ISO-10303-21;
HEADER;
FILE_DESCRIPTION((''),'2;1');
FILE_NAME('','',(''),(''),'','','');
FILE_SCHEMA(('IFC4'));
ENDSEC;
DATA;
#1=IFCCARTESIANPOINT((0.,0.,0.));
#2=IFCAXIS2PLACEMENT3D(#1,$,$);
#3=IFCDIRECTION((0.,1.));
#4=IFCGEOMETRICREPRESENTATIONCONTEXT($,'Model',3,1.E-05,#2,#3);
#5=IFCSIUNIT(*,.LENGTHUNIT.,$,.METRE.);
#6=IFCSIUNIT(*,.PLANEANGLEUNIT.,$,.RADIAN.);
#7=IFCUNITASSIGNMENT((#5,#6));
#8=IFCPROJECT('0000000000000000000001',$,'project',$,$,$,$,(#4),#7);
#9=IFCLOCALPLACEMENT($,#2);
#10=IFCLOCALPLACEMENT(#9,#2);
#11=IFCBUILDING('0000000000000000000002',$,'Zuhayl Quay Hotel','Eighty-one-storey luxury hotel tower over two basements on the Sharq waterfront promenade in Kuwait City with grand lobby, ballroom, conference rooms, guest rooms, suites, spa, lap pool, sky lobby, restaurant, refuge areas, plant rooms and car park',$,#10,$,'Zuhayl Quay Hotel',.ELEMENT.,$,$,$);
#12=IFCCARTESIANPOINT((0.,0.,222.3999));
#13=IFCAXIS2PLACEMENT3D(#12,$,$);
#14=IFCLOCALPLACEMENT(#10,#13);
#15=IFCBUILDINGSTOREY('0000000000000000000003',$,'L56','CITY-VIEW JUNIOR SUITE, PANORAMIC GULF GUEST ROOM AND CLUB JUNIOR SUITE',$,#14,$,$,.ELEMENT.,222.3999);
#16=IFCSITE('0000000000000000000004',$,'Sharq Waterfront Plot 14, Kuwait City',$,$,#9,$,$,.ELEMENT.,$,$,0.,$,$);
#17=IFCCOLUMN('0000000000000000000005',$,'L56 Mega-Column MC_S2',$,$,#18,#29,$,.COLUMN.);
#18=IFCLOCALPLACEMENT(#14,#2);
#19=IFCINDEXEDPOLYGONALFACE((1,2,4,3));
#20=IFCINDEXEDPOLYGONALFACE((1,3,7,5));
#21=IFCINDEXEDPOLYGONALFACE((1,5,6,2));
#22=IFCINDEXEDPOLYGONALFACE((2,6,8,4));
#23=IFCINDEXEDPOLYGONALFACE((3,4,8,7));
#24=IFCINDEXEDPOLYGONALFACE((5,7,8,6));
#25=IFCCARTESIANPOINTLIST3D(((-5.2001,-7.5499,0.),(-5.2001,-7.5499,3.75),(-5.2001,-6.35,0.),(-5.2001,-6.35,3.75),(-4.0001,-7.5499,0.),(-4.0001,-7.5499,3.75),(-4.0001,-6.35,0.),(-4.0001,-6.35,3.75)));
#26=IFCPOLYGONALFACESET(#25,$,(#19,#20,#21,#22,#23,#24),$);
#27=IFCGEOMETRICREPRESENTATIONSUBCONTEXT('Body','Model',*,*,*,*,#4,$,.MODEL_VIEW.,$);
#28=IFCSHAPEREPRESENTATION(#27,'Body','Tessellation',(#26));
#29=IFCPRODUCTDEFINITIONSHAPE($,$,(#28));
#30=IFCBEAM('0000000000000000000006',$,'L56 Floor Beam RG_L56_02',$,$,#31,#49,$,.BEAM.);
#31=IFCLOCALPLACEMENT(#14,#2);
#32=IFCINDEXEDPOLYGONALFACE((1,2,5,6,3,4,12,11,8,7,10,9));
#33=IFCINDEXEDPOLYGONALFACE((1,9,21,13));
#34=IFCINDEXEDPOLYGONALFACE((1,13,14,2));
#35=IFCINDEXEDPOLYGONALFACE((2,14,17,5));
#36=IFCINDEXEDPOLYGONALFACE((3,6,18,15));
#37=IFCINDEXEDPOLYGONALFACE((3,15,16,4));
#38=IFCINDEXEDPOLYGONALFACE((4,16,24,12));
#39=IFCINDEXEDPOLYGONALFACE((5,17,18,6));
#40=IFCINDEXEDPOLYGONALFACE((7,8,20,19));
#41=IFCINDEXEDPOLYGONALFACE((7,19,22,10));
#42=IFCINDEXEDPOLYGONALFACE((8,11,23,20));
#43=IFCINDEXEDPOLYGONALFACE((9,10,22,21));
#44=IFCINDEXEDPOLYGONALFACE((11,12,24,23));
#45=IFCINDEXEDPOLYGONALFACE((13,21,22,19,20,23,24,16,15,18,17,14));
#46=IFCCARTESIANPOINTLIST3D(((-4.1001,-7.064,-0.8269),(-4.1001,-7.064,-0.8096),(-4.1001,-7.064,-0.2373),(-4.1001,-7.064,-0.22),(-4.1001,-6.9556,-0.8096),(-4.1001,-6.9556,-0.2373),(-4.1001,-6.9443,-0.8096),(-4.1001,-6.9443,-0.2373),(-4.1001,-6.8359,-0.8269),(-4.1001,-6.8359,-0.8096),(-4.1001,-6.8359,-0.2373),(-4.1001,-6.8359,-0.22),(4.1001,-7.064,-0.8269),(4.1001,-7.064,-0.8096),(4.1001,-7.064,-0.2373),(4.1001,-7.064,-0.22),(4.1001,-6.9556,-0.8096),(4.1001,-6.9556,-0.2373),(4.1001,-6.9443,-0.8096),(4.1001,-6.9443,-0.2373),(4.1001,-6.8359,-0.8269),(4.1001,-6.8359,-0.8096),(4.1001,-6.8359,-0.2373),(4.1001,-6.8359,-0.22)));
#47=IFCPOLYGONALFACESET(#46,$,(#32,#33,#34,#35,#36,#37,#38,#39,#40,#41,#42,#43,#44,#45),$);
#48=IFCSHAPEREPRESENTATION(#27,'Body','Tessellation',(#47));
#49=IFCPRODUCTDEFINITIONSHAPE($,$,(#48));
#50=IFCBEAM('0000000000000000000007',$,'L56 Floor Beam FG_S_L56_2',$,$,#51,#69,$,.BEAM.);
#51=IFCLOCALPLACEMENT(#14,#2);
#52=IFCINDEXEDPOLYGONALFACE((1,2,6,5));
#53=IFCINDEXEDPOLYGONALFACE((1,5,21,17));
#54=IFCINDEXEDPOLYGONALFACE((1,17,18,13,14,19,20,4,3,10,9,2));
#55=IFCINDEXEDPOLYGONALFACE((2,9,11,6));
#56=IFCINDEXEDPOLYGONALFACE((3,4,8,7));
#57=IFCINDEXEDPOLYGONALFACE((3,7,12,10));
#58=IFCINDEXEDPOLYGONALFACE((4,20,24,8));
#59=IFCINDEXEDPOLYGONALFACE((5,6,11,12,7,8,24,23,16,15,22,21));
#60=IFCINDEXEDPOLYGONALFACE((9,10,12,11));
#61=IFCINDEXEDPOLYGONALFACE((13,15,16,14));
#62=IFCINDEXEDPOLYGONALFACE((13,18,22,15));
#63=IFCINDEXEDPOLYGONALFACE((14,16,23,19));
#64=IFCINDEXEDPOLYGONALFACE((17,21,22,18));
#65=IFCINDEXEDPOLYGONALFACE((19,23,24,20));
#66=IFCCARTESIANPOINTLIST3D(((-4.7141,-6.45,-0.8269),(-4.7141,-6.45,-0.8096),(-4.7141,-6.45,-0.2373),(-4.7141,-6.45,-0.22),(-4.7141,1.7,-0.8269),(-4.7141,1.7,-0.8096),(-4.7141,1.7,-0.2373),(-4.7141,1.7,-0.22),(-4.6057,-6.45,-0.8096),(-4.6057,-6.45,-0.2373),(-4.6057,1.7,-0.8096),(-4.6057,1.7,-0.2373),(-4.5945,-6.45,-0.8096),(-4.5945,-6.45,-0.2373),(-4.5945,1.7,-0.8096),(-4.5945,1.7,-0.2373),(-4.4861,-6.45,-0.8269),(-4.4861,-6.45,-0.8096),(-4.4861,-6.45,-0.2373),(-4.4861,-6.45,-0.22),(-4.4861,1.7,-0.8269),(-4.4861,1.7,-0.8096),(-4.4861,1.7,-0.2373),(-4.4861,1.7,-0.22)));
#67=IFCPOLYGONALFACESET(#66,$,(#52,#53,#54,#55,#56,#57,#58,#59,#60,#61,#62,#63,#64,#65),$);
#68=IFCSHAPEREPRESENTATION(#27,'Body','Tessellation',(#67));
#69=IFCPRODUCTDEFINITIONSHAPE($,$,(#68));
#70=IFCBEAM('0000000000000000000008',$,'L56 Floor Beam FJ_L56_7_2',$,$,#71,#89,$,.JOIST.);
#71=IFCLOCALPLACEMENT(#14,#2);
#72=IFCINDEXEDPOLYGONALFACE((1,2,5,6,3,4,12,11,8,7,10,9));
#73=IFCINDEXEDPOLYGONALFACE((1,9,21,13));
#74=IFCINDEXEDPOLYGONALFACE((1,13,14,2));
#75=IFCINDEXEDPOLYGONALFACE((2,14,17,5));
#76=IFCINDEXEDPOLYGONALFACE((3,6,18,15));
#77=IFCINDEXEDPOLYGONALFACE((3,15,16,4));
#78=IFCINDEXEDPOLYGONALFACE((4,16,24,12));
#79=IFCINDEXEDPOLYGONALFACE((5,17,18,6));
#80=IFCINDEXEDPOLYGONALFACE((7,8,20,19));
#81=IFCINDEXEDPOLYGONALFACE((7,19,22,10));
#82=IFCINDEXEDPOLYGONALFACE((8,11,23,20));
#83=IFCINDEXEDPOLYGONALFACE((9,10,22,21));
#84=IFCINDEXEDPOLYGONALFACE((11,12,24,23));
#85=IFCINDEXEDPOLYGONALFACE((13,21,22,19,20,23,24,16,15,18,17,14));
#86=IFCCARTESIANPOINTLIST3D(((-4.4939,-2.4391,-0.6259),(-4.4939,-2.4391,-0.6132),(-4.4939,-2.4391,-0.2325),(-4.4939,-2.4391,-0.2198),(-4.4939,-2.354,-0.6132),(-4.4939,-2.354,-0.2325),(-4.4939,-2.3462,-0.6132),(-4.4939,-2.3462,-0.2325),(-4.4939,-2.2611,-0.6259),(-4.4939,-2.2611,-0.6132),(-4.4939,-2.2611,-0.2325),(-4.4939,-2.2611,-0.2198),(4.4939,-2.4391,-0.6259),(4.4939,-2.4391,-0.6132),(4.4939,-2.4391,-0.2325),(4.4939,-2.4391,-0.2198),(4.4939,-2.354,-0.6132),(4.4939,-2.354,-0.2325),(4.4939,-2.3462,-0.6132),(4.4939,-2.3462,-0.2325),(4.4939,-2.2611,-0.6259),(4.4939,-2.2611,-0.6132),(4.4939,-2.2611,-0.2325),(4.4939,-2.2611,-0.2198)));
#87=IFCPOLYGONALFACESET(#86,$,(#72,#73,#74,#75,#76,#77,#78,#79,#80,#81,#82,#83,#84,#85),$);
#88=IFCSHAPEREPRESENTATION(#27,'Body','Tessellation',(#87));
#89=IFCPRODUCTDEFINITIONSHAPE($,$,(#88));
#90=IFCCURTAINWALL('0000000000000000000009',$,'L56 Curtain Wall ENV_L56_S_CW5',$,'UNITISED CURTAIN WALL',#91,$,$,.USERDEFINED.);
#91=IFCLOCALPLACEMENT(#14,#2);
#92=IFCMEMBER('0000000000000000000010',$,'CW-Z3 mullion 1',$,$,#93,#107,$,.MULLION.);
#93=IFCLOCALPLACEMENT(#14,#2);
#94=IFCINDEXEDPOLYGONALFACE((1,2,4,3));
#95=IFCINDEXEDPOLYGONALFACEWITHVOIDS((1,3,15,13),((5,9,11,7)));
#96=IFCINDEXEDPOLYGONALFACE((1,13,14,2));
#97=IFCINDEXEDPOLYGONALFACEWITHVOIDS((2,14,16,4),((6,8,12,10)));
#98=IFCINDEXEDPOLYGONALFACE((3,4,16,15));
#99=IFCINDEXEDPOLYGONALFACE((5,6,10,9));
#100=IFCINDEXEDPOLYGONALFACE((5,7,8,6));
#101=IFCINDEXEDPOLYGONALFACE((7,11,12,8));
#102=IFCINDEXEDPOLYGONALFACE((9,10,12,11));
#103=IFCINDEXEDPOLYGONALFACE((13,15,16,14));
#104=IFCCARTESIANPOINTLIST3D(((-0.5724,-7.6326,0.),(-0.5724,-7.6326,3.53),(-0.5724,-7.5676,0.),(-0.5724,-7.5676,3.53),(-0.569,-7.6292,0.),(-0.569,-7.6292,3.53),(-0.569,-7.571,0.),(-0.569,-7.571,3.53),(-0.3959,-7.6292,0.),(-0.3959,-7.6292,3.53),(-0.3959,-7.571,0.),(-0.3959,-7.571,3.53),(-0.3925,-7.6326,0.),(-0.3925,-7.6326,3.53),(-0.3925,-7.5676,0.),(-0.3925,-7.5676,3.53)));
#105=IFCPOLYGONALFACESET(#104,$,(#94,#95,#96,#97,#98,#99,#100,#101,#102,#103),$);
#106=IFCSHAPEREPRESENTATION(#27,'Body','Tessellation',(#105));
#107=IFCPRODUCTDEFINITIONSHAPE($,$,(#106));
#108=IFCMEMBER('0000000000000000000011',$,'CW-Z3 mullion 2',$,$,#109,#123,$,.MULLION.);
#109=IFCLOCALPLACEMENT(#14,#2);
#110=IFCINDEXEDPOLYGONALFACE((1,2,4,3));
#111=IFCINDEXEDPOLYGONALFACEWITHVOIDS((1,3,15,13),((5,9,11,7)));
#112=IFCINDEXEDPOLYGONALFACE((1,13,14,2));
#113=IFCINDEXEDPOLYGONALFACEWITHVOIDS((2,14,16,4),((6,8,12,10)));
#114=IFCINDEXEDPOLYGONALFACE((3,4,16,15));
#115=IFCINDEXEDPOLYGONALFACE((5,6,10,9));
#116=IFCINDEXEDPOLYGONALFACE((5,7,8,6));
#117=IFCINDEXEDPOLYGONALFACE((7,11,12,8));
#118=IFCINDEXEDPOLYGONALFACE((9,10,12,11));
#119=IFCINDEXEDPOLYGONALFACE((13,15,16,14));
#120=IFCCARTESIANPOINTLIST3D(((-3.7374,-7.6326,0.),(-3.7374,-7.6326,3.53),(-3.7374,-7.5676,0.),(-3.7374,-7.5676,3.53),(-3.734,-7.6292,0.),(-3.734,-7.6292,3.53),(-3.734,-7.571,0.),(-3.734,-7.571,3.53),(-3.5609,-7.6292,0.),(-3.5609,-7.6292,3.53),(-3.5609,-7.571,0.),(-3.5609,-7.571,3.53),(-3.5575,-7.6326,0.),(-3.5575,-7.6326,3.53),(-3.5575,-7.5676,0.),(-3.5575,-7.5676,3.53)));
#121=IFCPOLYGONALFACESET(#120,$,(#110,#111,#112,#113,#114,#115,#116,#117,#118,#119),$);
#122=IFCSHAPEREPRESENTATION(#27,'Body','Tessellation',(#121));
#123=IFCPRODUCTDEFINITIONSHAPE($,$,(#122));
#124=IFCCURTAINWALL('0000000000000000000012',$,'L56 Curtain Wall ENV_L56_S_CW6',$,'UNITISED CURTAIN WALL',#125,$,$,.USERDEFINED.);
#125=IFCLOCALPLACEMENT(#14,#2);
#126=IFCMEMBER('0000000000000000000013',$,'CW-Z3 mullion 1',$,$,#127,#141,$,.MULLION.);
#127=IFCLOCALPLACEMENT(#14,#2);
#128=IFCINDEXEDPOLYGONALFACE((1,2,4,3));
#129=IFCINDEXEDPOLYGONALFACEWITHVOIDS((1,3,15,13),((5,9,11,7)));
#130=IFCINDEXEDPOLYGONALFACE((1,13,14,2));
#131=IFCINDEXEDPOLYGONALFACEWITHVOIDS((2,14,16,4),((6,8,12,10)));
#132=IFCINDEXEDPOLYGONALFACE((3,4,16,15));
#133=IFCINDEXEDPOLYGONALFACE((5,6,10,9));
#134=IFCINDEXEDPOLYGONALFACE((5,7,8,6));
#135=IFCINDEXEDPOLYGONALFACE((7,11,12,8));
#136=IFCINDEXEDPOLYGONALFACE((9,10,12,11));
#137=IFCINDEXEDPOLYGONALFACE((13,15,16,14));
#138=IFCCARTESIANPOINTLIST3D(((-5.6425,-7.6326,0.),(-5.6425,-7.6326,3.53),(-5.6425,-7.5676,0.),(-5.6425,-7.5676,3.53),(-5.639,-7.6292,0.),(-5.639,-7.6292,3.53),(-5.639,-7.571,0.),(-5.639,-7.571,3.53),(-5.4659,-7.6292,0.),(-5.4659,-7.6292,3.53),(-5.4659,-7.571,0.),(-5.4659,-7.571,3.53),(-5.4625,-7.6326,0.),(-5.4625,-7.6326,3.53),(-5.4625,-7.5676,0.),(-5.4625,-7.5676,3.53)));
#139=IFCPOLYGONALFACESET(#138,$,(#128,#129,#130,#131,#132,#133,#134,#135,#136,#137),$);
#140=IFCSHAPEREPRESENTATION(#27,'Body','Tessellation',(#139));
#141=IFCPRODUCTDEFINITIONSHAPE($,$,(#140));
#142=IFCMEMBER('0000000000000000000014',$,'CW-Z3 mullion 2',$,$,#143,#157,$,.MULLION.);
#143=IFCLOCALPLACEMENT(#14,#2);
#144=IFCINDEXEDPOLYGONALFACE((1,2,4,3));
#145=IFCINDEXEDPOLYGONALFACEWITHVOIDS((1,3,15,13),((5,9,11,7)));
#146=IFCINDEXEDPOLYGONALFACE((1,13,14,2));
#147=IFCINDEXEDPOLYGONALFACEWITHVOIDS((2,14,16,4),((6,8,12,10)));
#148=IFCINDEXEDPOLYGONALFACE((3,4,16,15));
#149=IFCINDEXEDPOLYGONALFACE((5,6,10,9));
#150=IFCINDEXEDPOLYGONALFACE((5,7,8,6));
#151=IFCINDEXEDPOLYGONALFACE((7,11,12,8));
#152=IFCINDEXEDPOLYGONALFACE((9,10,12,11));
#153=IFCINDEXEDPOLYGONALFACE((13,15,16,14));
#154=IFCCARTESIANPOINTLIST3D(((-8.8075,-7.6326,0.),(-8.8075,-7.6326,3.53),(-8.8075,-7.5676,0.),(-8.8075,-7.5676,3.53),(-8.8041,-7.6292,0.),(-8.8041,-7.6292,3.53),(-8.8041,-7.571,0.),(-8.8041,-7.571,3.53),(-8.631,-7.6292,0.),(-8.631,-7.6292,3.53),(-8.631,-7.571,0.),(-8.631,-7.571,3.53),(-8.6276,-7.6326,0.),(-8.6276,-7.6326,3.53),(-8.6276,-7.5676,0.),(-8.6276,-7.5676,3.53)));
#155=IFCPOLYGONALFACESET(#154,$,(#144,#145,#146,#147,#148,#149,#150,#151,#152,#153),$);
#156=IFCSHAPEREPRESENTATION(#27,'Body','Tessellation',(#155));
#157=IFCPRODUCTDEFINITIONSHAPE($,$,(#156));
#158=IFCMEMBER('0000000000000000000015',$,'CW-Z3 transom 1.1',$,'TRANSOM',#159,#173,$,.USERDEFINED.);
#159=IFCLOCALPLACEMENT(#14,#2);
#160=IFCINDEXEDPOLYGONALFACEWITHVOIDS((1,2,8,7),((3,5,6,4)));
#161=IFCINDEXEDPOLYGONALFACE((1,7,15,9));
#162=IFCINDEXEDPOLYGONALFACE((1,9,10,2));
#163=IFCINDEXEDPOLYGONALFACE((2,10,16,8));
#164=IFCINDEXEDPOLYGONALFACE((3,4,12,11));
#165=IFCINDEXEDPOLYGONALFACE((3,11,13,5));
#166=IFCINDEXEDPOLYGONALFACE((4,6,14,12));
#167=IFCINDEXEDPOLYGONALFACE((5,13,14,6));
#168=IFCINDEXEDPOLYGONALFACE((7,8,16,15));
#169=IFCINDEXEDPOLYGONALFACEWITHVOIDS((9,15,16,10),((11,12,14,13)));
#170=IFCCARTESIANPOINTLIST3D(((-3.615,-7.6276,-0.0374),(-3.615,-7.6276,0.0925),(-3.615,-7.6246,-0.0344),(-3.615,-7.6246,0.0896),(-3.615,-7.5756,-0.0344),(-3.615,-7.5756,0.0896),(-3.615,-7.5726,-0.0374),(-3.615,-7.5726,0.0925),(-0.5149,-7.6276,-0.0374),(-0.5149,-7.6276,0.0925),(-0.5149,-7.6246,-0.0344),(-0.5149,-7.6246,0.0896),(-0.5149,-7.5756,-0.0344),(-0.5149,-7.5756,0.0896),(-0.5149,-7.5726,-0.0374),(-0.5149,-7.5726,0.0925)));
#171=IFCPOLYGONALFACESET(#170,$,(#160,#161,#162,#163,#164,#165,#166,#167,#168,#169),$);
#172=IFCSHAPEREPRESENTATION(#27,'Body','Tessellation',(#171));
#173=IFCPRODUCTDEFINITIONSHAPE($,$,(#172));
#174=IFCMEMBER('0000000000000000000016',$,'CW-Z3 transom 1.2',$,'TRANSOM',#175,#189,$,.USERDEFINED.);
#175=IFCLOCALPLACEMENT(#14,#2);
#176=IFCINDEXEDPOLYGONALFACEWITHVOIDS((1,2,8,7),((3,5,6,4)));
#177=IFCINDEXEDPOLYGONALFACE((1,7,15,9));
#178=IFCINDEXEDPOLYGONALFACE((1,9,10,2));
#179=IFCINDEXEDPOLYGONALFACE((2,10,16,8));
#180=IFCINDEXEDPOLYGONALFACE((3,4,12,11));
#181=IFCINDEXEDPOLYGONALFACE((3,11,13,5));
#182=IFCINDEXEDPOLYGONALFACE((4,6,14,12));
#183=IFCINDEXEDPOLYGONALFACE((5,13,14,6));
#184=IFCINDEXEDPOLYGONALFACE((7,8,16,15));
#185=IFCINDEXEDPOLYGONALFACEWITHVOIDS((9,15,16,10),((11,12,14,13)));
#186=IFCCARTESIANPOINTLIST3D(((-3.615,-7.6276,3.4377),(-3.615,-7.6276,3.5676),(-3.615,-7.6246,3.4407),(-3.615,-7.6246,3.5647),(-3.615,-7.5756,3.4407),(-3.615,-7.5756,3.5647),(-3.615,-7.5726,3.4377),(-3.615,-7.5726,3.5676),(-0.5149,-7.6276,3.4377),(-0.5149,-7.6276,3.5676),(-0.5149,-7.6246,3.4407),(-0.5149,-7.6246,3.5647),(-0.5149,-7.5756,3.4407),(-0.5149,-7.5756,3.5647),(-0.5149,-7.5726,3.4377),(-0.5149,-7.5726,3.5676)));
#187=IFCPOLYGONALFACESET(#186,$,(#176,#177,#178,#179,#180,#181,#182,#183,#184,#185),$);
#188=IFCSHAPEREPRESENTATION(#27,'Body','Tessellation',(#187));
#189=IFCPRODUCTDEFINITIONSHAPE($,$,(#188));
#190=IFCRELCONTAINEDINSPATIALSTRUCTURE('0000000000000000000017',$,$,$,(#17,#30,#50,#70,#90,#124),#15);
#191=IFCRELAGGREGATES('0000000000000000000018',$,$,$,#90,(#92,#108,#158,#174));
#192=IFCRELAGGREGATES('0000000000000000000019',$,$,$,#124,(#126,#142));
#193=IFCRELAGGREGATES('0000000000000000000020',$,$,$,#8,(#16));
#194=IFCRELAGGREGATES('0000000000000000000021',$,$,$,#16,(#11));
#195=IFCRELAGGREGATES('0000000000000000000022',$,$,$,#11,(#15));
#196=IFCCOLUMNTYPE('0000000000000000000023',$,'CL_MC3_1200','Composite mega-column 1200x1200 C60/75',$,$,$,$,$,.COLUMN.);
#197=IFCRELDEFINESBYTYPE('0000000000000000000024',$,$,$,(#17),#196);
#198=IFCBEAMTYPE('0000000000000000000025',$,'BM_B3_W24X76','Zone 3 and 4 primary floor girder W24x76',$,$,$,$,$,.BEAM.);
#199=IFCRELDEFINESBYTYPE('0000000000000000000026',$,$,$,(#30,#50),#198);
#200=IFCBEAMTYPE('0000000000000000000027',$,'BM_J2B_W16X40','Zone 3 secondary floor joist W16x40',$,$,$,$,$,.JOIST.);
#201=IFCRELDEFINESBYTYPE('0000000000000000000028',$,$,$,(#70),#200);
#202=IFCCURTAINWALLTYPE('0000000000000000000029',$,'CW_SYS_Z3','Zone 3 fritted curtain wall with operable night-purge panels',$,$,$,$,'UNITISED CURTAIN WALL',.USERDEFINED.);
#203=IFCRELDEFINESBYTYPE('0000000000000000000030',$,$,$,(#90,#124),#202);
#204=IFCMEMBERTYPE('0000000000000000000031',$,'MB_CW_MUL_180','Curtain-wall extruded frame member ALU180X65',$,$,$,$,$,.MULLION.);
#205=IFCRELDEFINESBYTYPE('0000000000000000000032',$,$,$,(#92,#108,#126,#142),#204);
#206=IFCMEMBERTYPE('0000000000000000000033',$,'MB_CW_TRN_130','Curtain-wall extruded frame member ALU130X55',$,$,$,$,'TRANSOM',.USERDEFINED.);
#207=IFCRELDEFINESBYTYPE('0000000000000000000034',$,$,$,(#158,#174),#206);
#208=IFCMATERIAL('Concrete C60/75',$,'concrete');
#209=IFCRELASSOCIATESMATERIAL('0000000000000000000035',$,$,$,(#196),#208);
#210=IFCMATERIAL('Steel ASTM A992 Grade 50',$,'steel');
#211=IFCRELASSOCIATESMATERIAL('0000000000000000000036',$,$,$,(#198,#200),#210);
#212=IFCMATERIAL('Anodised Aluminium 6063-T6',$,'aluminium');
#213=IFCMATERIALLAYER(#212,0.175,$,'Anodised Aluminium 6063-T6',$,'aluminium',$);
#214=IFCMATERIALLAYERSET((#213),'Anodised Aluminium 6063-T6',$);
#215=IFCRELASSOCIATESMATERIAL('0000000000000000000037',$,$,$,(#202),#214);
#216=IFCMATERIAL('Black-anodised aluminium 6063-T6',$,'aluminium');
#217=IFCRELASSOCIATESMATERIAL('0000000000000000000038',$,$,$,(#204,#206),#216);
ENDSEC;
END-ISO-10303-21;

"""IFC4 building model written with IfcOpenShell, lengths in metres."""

from ifc_helpers import new_model, si_unit, direction, frame, origin, origin_2d, place, context, subcontext, project, spatial, rectangle, hollow_rectangle, i_section, extrude, material, layer, layer_set, material_profile, profile_set, type_object, element, aggregate, save


model = new_model("IFC4")

# Units and contexts
model_context = context("Model", 3, precision=1e-05, world=origin(), true_north=direction((0.0, 1.0)))
body_context = subcontext(model_context, "Body", "Model", "MODEL_VIEW")
ifc_project = project(units=[si_unit("LENGTHUNIT", "METRE"), si_unit("PLANEANGLEUNIT", "RADIAN")], contexts=[model_context])

# Site, building, storey
site_placement = place(None, origin())
site = spatial("IfcSite", under=ifc_project, at=site_placement, Name="Sharq Waterfront Plot 14, Kuwait City", CompositionType="ELEMENT", RefElevation=0.0)
building_placement = place(site_placement, origin())
building = spatial("IfcBuilding", under=site, at=building_placement, Name="Zuhayl Quay Hotel", Description="Eighty-one-storey luxury hotel tower over two basements on the Sharq waterfront promenade in Kuwait City with grand lobby, ballroom, conference rooms, guest rooms, suites, spa, lap pool, sky lobby, restaurant, refuge areas, plant rooms and car park", LongName="Zuhayl Quay Hotel", CompositionType="ELEMENT")
storey_placement = place(building_placement, frame((0.0, 0.0, 222.3999)))
storey = spatial("IfcBuildingStorey", under=building, at=storey_placement, Name="L56", Description="CITY-VIEW JUNIOR SUITE, PANORAMIC GULF GUEST ROOM AND CLUB JUNIOR SUITE", CompositionType="ELEMENT", Elevation=222.3999)

# Column
ifc_material_1 = material(Name="Concrete C60/75", Category="concrete")
ifc_material_profile_1 = material_profile(ifc_material_1, rectangle(XDim=1.2, YDim=1.2, at=origin_2d()), Name="RC1200X1200")
ifc_profile_set_1 = profile_set([ifc_material_profile_1], Name="Concrete C60/75")
column_type = type_object("IfcColumnType", Name="CL_MC3_1200", Description="Composite mega-column 1200x1200 C60/75", PredefinedType="COLUMN", material=ifc_profile_set_1)
column_placement = place(storey_placement, frame((-4.6001, -6.95, 0.0), z_axis=(0.0, 0.0, 1.0), x_axis=(1.0, 0.0, 0.0)))
element("IfcColumn", 1, at=column_placement, inside=storey, type_object=column_type, Name="L56 Mega-Column MC_S2", PredefinedType="COLUMN", context=body_context, shape_type="SweptSolid", body=[
    extrude(rectangle(XDim=1.2, YDim=1.2, at=origin_2d()), origin(), (0.0, 0.0, 1.0), 3.75),
])

# Beams
ifc_material_2 = material(Name="Steel ASTM A992 Grade 50", Category="steel")
ifc_material_profile_2 = material_profile(ifc_material_2, i_section(OverallWidth=0.228, OverallDepth=0.6069, WebThickness=0.0112, FlangeThickness=0.0173, at=origin_2d()), Name="W24X76")
ifc_profile_set_2 = profile_set([ifc_material_profile_2], Name="Steel ASTM A992 Grade 50")
beam_type_1 = type_object("IfcBeamType", Name="BM_B3_W24X76", Description="Zone 3 and 4 primary floor girder W24x76", PredefinedType="BEAM", material=ifc_profile_set_2)
beam_1_placement = place(storey_placement, frame((-4.1001, -6.95, -0.5234), z_axis=(1.0, 0.0, 0.0), x_axis=(0.0, 1.0, 0.0)))
element("IfcBeam", 2, at=beam_1_placement, inside=storey, type_object=beam_type_1, Name="L56 Floor Beam RG_L56_02", PredefinedType="BEAM", context=body_context, shape_type="SweptSolid", body=[
    extrude(i_section(OverallWidth=0.228, OverallDepth=0.6069, WebThickness=0.0112, FlangeThickness=0.0173, at=origin_2d()), origin(), (0.0, 0.0, 1.0), 8.2002),
])
beam_2_placement = place(storey_placement, frame((-4.6001, -6.45, -0.5234), z_axis=(0.0, 1.0, 0.0), x_axis=(-1.0, 0.0, 0.0)))
element("IfcBeam", 3, at=beam_2_placement, inside=storey, type_object=beam_type_1, Name="L56 Floor Beam FG_S_L56_2", PredefinedType="BEAM", context=body_context, shape_type="SweptSolid", body=[
    extrude(i_section(OverallWidth=0.228, OverallDepth=0.6069, WebThickness=0.0112, FlangeThickness=0.0173, at=origin_2d()), origin(), (0.0, 0.0, 1.0), 8.1499),
])
ifc_material_profile_3 = material_profile(ifc_material_2, i_section(OverallWidth=0.178, OverallDepth=0.406, WebThickness=0.0078, FlangeThickness=0.0127, at=origin_2d()), Name="W16X40")
ifc_profile_set_3 = profile_set([ifc_material_profile_3], Name="Steel ASTM A992 Grade 50")
beam_type_2 = type_object("IfcBeamType", Name="BM_J2B_W16X40", Description="Zone 3 secondary floor joist W16x40", PredefinedType="JOIST", material=ifc_profile_set_3)
beam_3_placement = place(storey_placement, frame((-4.4939, -2.3501, -0.4229), z_axis=(1.0, 0.0, 0.0), x_axis=(0.0, 1.0, 0.0)))
element("IfcBeam", 4, at=beam_3_placement, inside=storey, type_object=beam_type_2, Name="L56 Floor Beam FJ_L56_7_2", PredefinedType="JOIST", context=body_context, shape_type="SweptSolid", body=[
    extrude(i_section(OverallWidth=0.178, OverallDepth=0.406, WebThickness=0.0078, FlangeThickness=0.0127, at=origin_2d()), origin(), (0.0, 0.0, 1.0), 8.9878),
])

# Curtain walls, members
ifc_material_3 = material(Name="Anodised Aluminium 6063-T6", Category="aluminium")
ifc_layer_1 = layer(ifc_material_3, 0.175, Name="Anodised Aluminium 6063-T6", Category="aluminium")
ifc_layer_set_1 = layer_set([ifc_layer_1], Name="Anodised Aluminium 6063-T6")
curtain_wall_type = type_object("IfcCurtainWallType", Name="CW_SYS_Z3", Description="Zone 3 fritted curtain wall with operable night-purge panels", ElementType="UNITISED CURTAIN WALL", PredefinedType="USERDEFINED", material=ifc_layer_set_1)
curtain_wall_1_placement = place(storey_placement, origin())
curtain_wall_1 = element("IfcCurtainWall", 5, at=curtain_wall_1_placement, inside=storey, type_object=curtain_wall_type, Name="L56 Curtain Wall ENV_L56_S_CW5", ObjectType="UNITISED CURTAIN WALL", PredefinedType="USERDEFINED")
ifc_material_4 = material(Name="Black-anodised aluminium 6063-T6", Category="aluminium")
ifc_material_profile_4 = material_profile(ifc_material_4, hollow_rectangle(XDim=0.0649, YDim=0.1799, WallThickness=0.0034, at=origin_2d()), Name="ALU180X65")
ifc_profile_set_4 = profile_set([ifc_material_profile_4], Name="Black-anodised aluminium 6063-T6")
member_type_1 = type_object("IfcMemberType", Name="MB_CW_MUL_180", Description="Curtain-wall extruded frame member ALU180X65", PredefinedType="MULLION", material=ifc_profile_set_4)
member_1_placement = place(storey_placement, frame((-0.4824, -7.6001, 0.0), z_axis=(0.0, 0.0, 1.0), x_axis=(0.0, -1.0, 0.0)))
member_1 = element("IfcMember", 6, at=member_1_placement, type_object=member_type_1, Name="CW-Z3 mullion 1", PredefinedType="MULLION", context=body_context, shape_type="SweptSolid", body=[
    extrude(hollow_rectangle(XDim=0.0649, YDim=0.1799, WallThickness=0.0034, at=origin_2d()), origin(), (0.0, 0.0, 1.0), 3.53),
])
member_2_placement = place(storey_placement, frame((-3.6475, -7.6001, 0.0), z_axis=(0.0, 0.0, 1.0), x_axis=(0.0, -1.0, 0.0)))
member_2 = element("IfcMember", 7, at=member_2_placement, type_object=member_type_1, Name="CW-Z3 mullion 2", PredefinedType="MULLION", context=body_context, shape_type="SweptSolid", body=[
    extrude(hollow_rectangle(XDim=0.0649, YDim=0.1799, WallThickness=0.0034, at=origin_2d()), origin(), (0.0, 0.0, 1.0), 3.53),
])
curtain_wall_2_placement = place(storey_placement, origin())
curtain_wall_2 = element("IfcCurtainWall", 8, at=curtain_wall_2_placement, inside=storey, type_object=curtain_wall_type, Name="L56 Curtain Wall ENV_L56_S_CW6", ObjectType="UNITISED CURTAIN WALL", PredefinedType="USERDEFINED")
member_3_placement = place(storey_placement, frame((-5.5525, -7.6001, 0.0), z_axis=(0.0, 0.0, 1.0), x_axis=(0.0, -1.0, 0.0)))
member_3 = element("IfcMember", 9, at=member_3_placement, type_object=member_type_1, Name="CW-Z3 mullion 1", PredefinedType="MULLION", context=body_context, shape_type="SweptSolid", body=[
    extrude(hollow_rectangle(XDim=0.0649, YDim=0.1799, WallThickness=0.0034, at=origin_2d()), origin(), (0.0, 0.0, 1.0), 3.53),
])
member_4_placement = place(storey_placement, frame((-8.7175, -7.6001, 0.0), z_axis=(0.0, 0.0, 1.0), x_axis=(0.0, -1.0, 0.0)))
member_4 = element("IfcMember", 10, at=member_4_placement, type_object=member_type_1, Name="CW-Z3 mullion 2", PredefinedType="MULLION", context=body_context, shape_type="SweptSolid", body=[
    extrude(hollow_rectangle(XDim=0.0649, YDim=0.1799, WallThickness=0.0034, at=origin_2d()), origin(), (0.0, 0.0, 1.0), 3.53),
])

# Members
ifc_material_profile_5 = material_profile(ifc_material_4, hollow_rectangle(XDim=0.0549, YDim=0.1299, WallThickness=0.0029, at=origin_2d()), Name="ALU130X55")
ifc_profile_set_5 = profile_set([ifc_material_profile_5], Name="Black-anodised aluminium 6063-T6")
member_type_2 = type_object("IfcMemberType", Name="MB_CW_TRN_130", Description="Curtain-wall extruded frame member ALU130X55", ElementType="TRANSOM", PredefinedType="USERDEFINED", material=ifc_profile_set_5)
member_5_placement = place(storey_placement, frame((-0.5149, -7.6001, 0.0276), z_axis=(-1.0, 0.0, 0.0), x_axis=(0.0, -1.0, 0.0)))
member_5 = element("IfcMember", 11, at=member_5_placement, type_object=member_type_2, Name="CW-Z3 transom 1.1", ObjectType="TRANSOM", PredefinedType="USERDEFINED", context=body_context, shape_type="SweptSolid", body=[
    extrude(hollow_rectangle(XDim=0.0549, YDim=0.1299, WallThickness=0.0029, at=origin_2d()), origin(), (0.0, 0.0, 1.0), 3.1001),
])
member_6_placement = place(storey_placement, frame((-0.5149, -7.6001, 3.5027), z_axis=(-1.0, 0.0, 0.0), x_axis=(0.0, -1.0, 0.0)))
member_6 = element("IfcMember", 12, at=member_6_placement, type_object=member_type_2, Name="CW-Z3 transom 1.2", ObjectType="TRANSOM", PredefinedType="USERDEFINED", context=body_context, shape_type="SweptSolid", body=[
    extrude(hollow_rectangle(XDim=0.0549, YDim=0.1299, WallThickness=0.0029, at=origin_2d()), origin(), (0.0, 0.0, 1.0), 3.1001),
])

aggregate(curtain_wall_1, [member_1, member_2, member_5, member_6])
aggregate(curtain_wall_2, [member_3, member_4])

save(model, "model.ifc")
